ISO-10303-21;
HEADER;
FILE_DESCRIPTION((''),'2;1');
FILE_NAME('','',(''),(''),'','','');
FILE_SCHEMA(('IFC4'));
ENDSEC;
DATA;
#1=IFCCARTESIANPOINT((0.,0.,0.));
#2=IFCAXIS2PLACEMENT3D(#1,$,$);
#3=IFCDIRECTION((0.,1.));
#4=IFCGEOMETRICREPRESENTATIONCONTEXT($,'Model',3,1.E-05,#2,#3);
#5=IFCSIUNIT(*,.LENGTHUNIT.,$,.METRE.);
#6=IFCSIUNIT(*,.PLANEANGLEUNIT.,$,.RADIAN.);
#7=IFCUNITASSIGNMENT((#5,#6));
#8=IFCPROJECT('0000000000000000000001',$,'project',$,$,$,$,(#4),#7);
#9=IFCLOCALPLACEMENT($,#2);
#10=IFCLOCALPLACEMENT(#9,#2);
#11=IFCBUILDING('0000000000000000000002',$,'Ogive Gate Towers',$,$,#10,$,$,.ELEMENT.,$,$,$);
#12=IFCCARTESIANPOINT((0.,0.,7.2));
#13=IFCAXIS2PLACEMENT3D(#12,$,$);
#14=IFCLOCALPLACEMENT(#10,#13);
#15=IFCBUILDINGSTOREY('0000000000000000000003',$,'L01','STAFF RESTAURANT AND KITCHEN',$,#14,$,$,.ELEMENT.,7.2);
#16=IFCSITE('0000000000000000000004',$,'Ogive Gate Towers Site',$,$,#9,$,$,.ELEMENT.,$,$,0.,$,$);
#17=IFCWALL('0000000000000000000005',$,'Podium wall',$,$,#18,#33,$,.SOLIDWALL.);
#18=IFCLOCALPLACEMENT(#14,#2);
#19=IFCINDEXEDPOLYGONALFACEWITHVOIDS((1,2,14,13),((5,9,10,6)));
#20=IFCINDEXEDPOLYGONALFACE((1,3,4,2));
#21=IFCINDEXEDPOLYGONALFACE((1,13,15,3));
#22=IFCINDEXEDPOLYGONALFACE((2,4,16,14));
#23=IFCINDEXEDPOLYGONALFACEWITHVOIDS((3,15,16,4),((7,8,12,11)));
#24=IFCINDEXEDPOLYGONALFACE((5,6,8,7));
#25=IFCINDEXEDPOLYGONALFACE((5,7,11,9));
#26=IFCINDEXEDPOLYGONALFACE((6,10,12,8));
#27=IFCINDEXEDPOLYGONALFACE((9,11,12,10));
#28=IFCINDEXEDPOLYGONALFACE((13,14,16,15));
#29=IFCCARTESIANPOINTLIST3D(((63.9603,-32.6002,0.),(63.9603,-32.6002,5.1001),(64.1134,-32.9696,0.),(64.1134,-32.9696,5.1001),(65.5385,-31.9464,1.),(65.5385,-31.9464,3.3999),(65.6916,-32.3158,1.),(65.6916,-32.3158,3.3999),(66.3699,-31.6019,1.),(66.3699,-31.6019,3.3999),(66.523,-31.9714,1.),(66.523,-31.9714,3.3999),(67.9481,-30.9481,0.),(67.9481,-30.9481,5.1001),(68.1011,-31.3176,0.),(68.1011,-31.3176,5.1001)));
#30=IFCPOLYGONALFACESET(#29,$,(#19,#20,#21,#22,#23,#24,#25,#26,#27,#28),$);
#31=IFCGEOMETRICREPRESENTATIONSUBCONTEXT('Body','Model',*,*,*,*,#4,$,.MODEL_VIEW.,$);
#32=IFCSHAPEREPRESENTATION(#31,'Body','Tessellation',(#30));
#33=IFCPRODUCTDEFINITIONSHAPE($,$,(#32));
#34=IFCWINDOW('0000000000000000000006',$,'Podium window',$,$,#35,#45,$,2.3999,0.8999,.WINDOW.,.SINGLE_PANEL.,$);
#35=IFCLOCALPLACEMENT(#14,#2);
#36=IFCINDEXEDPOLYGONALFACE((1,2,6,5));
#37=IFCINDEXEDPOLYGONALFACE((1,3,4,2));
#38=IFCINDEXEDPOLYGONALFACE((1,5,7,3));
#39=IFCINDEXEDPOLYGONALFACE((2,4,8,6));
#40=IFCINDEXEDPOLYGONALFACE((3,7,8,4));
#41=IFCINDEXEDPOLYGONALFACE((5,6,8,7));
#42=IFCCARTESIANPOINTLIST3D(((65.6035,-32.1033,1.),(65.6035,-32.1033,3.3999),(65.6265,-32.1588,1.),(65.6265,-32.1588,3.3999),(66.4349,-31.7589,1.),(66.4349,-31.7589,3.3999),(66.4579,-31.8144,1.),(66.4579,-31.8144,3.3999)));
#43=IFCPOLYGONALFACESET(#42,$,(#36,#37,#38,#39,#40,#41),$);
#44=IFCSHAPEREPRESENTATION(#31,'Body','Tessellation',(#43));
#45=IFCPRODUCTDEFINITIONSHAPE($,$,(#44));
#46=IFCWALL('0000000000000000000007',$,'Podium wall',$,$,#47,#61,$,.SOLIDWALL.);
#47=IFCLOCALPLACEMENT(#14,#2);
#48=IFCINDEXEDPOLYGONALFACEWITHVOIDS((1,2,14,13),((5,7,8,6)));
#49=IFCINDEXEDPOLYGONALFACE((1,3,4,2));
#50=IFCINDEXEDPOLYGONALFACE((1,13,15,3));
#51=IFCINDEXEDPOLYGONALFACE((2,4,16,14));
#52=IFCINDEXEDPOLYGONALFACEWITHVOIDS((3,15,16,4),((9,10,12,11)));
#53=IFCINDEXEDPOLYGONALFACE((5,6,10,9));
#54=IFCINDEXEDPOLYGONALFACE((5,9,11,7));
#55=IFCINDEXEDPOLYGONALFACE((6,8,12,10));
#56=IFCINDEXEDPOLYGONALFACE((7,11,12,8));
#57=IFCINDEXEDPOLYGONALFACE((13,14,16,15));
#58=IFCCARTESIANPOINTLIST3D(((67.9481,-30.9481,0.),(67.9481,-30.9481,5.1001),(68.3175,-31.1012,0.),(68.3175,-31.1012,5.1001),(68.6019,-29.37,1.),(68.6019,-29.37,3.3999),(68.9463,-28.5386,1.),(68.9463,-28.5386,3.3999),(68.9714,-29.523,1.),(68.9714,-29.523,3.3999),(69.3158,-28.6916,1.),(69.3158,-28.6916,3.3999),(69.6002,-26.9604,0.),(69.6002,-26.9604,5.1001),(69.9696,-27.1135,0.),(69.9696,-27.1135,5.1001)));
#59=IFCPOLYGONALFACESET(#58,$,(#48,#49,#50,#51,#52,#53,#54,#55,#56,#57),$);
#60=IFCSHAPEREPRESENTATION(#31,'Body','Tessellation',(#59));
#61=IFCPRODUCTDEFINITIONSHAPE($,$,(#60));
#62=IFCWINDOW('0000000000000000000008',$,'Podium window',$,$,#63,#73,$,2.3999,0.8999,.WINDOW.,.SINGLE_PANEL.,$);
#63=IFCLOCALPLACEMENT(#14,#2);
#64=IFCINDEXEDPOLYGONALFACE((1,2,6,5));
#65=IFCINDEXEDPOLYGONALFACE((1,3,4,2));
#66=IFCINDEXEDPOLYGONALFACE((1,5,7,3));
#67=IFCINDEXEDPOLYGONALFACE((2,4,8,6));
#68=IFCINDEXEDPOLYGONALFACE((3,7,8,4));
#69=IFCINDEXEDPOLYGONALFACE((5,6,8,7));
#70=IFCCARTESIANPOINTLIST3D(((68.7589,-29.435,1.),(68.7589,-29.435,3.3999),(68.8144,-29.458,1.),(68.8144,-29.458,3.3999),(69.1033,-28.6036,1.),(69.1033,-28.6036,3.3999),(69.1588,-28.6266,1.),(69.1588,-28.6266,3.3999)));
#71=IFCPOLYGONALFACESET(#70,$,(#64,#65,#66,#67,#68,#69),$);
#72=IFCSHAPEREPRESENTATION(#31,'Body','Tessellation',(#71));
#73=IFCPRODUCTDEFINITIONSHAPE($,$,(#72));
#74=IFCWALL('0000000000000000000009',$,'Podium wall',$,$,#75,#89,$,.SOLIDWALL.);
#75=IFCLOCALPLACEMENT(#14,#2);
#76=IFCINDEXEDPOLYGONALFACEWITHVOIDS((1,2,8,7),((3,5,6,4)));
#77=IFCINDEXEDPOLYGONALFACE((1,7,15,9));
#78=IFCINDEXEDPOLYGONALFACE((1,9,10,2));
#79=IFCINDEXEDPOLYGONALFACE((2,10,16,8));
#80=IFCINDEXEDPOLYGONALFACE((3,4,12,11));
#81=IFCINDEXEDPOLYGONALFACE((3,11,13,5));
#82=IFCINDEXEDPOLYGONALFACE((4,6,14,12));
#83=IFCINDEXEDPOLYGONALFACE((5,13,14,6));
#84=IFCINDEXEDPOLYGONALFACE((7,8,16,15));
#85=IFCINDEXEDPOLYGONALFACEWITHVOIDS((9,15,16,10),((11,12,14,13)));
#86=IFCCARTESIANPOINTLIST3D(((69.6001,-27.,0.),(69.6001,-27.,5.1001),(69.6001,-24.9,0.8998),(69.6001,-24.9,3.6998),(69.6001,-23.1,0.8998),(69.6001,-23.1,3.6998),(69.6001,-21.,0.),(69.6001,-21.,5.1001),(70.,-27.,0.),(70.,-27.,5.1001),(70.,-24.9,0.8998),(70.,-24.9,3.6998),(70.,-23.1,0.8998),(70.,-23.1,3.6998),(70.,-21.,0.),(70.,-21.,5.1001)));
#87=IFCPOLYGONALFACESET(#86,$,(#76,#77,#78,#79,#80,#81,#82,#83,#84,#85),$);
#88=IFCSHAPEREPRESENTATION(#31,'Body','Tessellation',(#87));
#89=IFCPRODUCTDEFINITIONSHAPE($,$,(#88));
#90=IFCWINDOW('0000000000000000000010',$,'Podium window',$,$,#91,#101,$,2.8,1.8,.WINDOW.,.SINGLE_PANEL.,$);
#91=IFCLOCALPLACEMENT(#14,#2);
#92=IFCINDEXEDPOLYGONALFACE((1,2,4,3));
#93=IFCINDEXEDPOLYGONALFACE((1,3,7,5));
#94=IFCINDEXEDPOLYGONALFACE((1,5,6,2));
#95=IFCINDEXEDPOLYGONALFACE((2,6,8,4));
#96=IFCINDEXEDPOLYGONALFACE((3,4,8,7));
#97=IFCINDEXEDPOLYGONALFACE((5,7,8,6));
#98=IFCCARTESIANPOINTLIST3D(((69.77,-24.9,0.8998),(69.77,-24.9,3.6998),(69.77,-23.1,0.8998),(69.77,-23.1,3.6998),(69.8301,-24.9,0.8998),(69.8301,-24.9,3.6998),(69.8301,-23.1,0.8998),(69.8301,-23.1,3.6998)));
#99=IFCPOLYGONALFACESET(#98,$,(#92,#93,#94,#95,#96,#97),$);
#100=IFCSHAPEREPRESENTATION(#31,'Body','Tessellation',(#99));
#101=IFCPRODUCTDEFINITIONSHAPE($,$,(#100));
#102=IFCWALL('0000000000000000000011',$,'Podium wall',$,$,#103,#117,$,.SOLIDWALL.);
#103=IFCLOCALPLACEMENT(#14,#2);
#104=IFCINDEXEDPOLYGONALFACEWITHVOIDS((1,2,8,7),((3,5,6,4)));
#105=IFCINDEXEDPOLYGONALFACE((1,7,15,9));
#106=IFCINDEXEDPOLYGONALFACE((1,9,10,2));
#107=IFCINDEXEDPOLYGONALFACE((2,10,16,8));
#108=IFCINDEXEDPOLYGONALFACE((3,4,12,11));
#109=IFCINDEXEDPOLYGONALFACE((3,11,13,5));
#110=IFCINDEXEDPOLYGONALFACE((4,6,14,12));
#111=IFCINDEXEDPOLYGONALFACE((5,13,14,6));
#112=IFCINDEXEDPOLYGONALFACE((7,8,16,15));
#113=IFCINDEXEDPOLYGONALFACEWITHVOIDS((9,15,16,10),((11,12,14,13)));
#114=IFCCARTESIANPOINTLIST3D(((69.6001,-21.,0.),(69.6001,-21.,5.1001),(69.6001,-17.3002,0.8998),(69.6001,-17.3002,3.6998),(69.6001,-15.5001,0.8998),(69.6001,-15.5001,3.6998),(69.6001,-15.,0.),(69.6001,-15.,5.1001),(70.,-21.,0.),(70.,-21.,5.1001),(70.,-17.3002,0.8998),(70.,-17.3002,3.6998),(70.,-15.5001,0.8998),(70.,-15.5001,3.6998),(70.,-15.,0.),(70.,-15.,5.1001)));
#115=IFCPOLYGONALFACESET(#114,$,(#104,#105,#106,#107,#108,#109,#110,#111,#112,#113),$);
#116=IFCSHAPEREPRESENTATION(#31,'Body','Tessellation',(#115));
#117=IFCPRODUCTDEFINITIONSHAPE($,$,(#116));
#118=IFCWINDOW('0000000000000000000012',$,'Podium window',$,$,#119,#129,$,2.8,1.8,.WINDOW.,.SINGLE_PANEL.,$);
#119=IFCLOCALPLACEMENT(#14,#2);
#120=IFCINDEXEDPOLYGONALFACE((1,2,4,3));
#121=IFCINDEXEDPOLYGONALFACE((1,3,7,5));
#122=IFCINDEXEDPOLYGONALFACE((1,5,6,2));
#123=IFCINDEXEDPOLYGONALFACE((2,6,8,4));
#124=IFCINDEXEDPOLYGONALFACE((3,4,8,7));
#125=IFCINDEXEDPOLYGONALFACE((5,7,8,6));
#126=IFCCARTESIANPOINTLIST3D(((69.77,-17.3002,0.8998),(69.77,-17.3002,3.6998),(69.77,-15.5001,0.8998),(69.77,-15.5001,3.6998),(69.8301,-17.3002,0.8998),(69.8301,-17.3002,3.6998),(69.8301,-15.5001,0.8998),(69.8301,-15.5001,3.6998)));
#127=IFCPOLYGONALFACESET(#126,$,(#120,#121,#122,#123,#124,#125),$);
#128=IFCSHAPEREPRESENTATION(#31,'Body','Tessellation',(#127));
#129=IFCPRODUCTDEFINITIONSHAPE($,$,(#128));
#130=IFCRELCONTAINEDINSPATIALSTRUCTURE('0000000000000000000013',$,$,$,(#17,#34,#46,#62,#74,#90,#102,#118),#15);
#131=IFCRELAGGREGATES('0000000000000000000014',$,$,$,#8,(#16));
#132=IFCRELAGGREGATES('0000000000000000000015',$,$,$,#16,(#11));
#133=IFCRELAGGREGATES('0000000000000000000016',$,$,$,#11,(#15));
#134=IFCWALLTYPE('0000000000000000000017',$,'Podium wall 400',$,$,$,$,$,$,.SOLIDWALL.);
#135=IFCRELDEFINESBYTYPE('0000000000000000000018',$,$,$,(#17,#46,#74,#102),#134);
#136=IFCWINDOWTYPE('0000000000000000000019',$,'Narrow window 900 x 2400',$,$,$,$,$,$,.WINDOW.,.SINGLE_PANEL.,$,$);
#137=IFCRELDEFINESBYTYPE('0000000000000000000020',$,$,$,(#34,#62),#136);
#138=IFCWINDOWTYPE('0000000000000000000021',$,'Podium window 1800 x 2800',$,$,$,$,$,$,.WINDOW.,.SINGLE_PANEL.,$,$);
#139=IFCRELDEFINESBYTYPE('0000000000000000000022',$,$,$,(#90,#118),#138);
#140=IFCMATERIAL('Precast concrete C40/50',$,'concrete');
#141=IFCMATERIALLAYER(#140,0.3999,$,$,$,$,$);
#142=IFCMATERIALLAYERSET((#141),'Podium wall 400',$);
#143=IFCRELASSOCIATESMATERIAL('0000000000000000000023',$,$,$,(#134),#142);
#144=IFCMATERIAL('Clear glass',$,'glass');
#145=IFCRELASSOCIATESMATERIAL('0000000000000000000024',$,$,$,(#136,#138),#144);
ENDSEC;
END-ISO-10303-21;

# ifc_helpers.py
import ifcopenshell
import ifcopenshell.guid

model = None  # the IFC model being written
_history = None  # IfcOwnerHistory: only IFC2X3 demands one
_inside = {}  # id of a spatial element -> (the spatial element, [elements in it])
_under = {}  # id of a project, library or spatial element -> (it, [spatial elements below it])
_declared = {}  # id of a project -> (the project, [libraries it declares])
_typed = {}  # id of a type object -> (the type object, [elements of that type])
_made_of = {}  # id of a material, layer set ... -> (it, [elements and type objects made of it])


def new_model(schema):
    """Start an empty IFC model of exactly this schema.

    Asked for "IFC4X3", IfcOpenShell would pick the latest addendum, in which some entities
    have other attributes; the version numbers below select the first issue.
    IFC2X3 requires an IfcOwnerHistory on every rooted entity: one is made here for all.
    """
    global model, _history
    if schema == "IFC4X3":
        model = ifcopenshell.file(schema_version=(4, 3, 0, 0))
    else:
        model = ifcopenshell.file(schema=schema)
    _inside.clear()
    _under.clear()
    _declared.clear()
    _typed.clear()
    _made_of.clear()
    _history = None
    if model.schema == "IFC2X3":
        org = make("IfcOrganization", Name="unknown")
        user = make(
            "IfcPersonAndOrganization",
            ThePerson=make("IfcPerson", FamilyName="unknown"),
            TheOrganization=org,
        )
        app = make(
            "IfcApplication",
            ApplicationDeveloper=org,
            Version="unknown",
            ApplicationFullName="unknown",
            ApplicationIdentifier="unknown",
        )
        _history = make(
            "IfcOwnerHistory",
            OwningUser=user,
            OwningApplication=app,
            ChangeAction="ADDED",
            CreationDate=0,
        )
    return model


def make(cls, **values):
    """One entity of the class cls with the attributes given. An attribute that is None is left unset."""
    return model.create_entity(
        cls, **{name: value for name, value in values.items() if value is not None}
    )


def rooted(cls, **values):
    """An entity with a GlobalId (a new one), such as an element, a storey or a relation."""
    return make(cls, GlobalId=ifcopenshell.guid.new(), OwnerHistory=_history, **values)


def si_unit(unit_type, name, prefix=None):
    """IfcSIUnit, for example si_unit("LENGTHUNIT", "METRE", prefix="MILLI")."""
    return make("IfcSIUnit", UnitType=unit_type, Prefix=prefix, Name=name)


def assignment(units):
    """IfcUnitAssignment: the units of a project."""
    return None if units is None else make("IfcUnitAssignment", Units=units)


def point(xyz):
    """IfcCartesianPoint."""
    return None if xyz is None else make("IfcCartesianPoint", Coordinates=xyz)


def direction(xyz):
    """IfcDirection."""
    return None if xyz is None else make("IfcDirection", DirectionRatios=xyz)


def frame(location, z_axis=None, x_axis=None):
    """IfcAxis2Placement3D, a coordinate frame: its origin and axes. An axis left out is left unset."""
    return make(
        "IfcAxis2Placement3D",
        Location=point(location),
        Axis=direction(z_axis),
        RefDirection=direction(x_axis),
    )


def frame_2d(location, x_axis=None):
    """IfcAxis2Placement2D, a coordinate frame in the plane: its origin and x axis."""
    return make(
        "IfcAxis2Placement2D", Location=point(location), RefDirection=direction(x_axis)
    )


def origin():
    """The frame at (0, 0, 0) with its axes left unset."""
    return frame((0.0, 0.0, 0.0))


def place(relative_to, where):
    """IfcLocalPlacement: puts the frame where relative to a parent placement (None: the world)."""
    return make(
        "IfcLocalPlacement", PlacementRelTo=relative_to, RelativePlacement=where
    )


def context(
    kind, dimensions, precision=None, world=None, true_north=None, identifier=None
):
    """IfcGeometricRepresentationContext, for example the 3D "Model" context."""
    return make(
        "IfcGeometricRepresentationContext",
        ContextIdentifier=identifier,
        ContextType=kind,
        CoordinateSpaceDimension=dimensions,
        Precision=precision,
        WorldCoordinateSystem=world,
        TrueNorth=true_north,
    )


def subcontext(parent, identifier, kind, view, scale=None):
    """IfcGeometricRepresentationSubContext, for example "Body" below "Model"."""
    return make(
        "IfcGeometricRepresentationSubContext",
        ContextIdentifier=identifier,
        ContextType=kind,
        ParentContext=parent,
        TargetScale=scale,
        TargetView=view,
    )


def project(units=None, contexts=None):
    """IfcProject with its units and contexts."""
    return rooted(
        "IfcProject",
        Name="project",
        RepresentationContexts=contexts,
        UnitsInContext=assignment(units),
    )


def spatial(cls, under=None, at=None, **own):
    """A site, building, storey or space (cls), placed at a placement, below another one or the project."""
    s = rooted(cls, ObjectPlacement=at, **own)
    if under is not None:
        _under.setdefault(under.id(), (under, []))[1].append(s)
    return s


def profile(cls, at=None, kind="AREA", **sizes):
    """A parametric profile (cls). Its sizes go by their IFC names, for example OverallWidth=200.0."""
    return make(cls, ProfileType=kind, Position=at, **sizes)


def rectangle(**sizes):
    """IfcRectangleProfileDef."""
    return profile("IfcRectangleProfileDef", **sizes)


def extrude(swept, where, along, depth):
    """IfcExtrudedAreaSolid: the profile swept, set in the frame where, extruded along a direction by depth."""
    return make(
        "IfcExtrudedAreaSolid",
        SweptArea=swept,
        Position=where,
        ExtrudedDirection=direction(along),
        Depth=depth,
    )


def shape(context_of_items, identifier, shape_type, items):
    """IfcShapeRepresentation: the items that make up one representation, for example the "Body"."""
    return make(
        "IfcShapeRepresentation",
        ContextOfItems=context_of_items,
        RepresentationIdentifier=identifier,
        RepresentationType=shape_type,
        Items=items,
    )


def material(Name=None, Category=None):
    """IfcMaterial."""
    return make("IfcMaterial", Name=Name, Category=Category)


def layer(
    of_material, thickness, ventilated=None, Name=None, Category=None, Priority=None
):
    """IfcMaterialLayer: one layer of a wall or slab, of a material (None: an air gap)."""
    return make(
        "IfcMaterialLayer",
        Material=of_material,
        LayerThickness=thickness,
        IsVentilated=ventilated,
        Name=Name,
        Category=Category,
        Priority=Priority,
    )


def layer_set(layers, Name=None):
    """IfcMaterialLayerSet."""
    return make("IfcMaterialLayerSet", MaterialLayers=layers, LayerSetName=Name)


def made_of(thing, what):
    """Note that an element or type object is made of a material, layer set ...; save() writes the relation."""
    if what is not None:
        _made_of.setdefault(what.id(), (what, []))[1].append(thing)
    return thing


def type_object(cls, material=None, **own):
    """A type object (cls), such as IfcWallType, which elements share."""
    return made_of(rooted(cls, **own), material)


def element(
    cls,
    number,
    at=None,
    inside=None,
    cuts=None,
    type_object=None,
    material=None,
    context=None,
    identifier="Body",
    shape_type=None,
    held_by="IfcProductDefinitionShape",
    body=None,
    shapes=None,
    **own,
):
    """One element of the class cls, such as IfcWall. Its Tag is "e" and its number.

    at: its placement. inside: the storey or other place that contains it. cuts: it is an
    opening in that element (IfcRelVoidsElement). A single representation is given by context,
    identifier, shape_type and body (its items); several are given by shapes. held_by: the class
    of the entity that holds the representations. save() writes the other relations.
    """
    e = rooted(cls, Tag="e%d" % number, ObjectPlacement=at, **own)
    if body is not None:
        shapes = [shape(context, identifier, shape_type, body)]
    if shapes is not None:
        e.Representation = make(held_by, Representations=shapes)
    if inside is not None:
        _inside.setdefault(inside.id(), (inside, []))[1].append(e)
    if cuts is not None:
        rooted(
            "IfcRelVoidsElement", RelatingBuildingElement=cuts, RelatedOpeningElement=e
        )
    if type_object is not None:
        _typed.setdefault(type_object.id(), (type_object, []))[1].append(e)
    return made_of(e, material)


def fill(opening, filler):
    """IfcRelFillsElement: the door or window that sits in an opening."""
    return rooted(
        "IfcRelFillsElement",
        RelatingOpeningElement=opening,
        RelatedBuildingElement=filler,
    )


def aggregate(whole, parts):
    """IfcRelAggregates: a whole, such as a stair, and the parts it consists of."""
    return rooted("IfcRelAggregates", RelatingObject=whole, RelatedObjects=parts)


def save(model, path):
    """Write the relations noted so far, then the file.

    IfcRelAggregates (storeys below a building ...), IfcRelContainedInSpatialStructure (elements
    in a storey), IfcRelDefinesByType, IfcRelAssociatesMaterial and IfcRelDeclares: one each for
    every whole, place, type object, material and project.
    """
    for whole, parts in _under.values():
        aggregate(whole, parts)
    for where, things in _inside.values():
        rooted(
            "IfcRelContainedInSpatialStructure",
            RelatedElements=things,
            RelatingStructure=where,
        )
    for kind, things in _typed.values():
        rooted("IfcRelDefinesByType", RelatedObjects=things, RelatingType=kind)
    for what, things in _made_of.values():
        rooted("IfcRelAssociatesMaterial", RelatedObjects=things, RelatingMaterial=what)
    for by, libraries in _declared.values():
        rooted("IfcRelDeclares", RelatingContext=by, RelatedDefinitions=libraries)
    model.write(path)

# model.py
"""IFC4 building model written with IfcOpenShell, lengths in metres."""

from ifc_helpers import new_model, si_unit, direction, frame, frame_2d, origin, place, context, subcontext, project, spatial, rectangle, extrude, material, layer, layer_set, type_object, element, fill, save


model = new_model("IFC4")

# Units and contexts
model_context = context("Model", 3, precision=1e-05, world=origin(), true_north=direction((0.0, 1.0)))
body_context = subcontext(model_context, "Body", "Model", "MODEL_VIEW")
ifc_project = project(units=[si_unit("LENGTHUNIT", "METRE"), si_unit("PLANEANGLEUNIT", "RADIAN")], contexts=[model_context])

# Site, building, storey
site_placement = place(None, origin())
site = spatial("IfcSite", under=ifc_project, at=site_placement, Name="Ogive Gate Towers Site", CompositionType="ELEMENT", RefElevation=0.0)
building_placement = place(site_placement, origin())
building = spatial("IfcBuilding", under=site, at=building_placement, Name="Ogive Gate Towers", CompositionType="ELEMENT")
storey_placement = place(building_placement, frame((0.0, 0.0, 7.2)))
storey = spatial("IfcBuildingStorey", under=building, at=storey_placement, Name="L01", Description="STAFF RESTAURANT AND KITCHEN", CompositionType="ELEMENT", Elevation=7.2)

# Walls, openings, windows
ifc_material_1 = material(Name="Precast concrete C40/50", Category="concrete")
ifc_layer = layer(ifc_material_1, 0.3999)
ifc_layer_set = layer_set([ifc_layer], Name="Podium wall 400")
wall_type = type_object("IfcWallType", Name="Podium wall 400", PredefinedType="SOLIDWALL", material=ifc_layer_set)
wall_1_placement = place(storey_placement, frame((64.0369, -32.7849, 0.0), z_axis=(0.0, 0.0, 1.0), x_axis=(0.923855, 0.382743, 0.0)))
wall_1 = element("IfcWall", 1, at=wall_1_placement, inside=storey, type_object=wall_type, Name="Podium wall", PredefinedType="SOLIDWALL", context=body_context, shape_type="SweptSolid", body=[
    extrude(rectangle(XDim=4.3164, YDim=0.3999, at=frame_2d((2.1582, 0.0))), origin(), (0.0, 0.0, 1.0), 5.1001),
])
opening_1_placement = place(wall_1_placement, frame((1.7083, 0.0, 1.0)))
opening_1 = element("IfcOpeningElement", 2, at=opening_1_placement, cuts=wall_1, PredefinedType="OPENING", context=body_context, shape_type="SweptSolid", body=[
    extrude(rectangle(XDim=0.8999, YDim=2.3999, at=frame_2d((0.45, 1.2))), frame((0.0, 0.21, 0.0), z_axis=(0.0, -1.0, 0.0), x_axis=(1.0, 0.0, 0.0)), (0.0, 0.0, 1.0), 0.4199),
])
ifc_material_2 = material(Name="Clear glass", Category="glass")
window_type_1 = type_object("IfcWindowType", Name="Narrow window 900 x 2400", PartitioningType="SINGLE_PANEL", PredefinedType="WINDOW", material=ifc_material_2)
window_1_placement = place(opening_1_placement, origin())
window_1 = element("IfcWindow", 3, at=window_1_placement, inside=storey, type_object=window_type_1, Name="Podium window", OverallHeight=2.3999, OverallWidth=0.8999, PartitioningType="SINGLE_PANEL", PredefinedType="WINDOW", context=body_context, shape_type="SweptSolid", body=[
    extrude(rectangle(XDim=0.8999, YDim=2.3999, at=frame_2d((0.45, 1.2))), frame((0.0, 0.03, 0.0), z_axis=(0.0, -1.0, 0.0), x_axis=(1.0, 0.0, 0.0)), (0.0, 0.0, 1.0), 0.0601),
])
fill(opening_1, window_1)
wall_2_placement = place(storey_placement, frame((68.1328, -31.0247, 0.0), z_axis=(0.0, 0.0, 1.0), x_axis=(0.382743, 0.923855, 0.0)))
wall_2 = element("IfcWall", 4, at=wall_2_placement, inside=storey, type_object=wall_type, Name="Podium wall", PredefinedType="SOLIDWALL", context=body_context, shape_type="SweptSolid", body=[
    extrude(rectangle(XDim=4.3164, YDim=0.3999, at=frame_2d((2.1582, 0.0))), origin(), (0.0, 0.0, 1.0), 5.1001),
])
opening_2_placement = place(wall_2_placement, frame((1.7083, 0.0, 1.0)))
opening_2 = element("IfcOpeningElement", 5, at=opening_2_placement, cuts=wall_2, PredefinedType="OPENING", context=body_context, shape_type="SweptSolid", body=[
    extrude(rectangle(XDim=0.8999, YDim=2.3999, at=frame_2d((0.45, 1.2))), frame((0.0, 0.21, 0.0), z_axis=(0.0, -1.0, 0.0), x_axis=(1.0, 0.0, 0.0)), (0.0, 0.0, 1.0), 0.4199),
])
window_2_placement = place(opening_2_placement, origin())
window_2 = element("IfcWindow", 6, at=window_2_placement, inside=storey, type_object=window_type_1, Name="Podium window", OverallHeight=2.3999, OverallWidth=0.8999, PartitioningType="SINGLE_PANEL", PredefinedType="WINDOW", context=body_context, shape_type="SweptSolid", body=[
    extrude(rectangle(XDim=0.8999, YDim=2.3999, at=frame_2d((0.45, 1.2))), frame((0.0, 0.03, 0.0), z_axis=(0.0, -1.0, 0.0), x_axis=(1.0, 0.0, 0.0)), (0.0, 0.0, 1.0), 0.0601),
])
fill(opening_2, window_2)
wall_3_placement = place(storey_placement, frame((69.8, -27.0, 0.0), z_axis=(0.0, 0.0, 1.0), x_axis=(0.0, 1.0, 0.0)))
wall_3 = element("IfcWall", 7, at=wall_3_placement, inside=storey, type_object=wall_type, Name="Podium wall", PredefinedType="SOLIDWALL", context=body_context, shape_type="SweptSolid", body=[
    extrude(rectangle(XDim=6.0, YDim=0.3999, at=frame_2d((3.0, 0.0))), origin(), (0.0, 0.0, 1.0), 5.1001),
])
opening_3_placement = place(wall_3_placement, frame((2.1001, 0.0, 0.8999)))
opening_3 = element("IfcOpeningElement", 8, at=opening_3_placement, cuts=wall_3, PredefinedType="OPENING", context=body_context, shape_type="SweptSolid", body=[
    extrude(rectangle(XDim=1.8, YDim=2.8, at=frame_2d((0.8999, 1.3999))), frame((0.0, 0.21, 0.0), z_axis=(0.0, -1.0, 0.0), x_axis=(1.0, 0.0, 0.0)), (0.0, 0.0, 1.0), 0.4199),
])
window_type_2 = type_object("IfcWindowType", Name="Podium window 1800 x 2800", PartitioningType="SINGLE_PANEL", PredefinedType="WINDOW", material=ifc_material_2)
window_3_placement = place(opening_3_placement, origin())
window_3 = element("IfcWindow", 9, at=window_3_placement, inside=storey, type_object=window_type_2, Name="Podium window", OverallHeight=2.8, OverallWidth=1.8, PartitioningType="SINGLE_PANEL", PredefinedType="WINDOW", context=body_context, shape_type="SweptSolid", body=[
    extrude(rectangle(XDim=1.8, YDim=2.8, at=frame_2d((0.8999, 1.3999))), frame((0.0, 0.03, 0.0), z_axis=(0.0, -1.0, 0.0), x_axis=(1.0, 0.0, 0.0)), (0.0, 0.0, 1.0), 0.0601),
])
fill(opening_3, window_3)
wall_4_placement = place(storey_placement, frame((69.8, -21.0, 0.0), z_axis=(0.0, 0.0, 1.0), x_axis=(0.0, 1.0, 0.0)))
wall_4 = element("IfcWall", 10, at=wall_4_placement, inside=storey, type_object=wall_type, Name="Podium wall", PredefinedType="SOLIDWALL", context=body_context, shape_type="SweptSolid", body=[
    extrude(rectangle(XDim=6.0, YDim=0.3999, at=frame_2d((3.0, 0.0))), origin(), (0.0, 0.0, 1.0), 5.1001),
])
opening_4_placement = place(wall_4_placement, frame((3.7, 0.0, 0.8999)))
opening_4 = element("IfcOpeningElement", 11, at=opening_4_placement, cuts=wall_4, PredefinedType="OPENING", context=body_context, shape_type="SweptSolid", body=[
    extrude(rectangle(XDim=1.8, YDim=2.8, at=frame_2d((0.8999, 1.3999))), frame((0.0, 0.21, 0.0), z_axis=(0.0, -1.0, 0.0), x_axis=(1.0, 0.0, 0.0)), (0.0, 0.0, 1.0), 0.4199),
])
window_4_placement = place(opening_4_placement, origin())
window_4 = element("IfcWindow", 12, at=window_4_placement, inside=storey, type_object=window_type_2, Name="Podium window", OverallHeight=2.8, OverallWidth=1.8, PartitioningType="SINGLE_PANEL", PredefinedType="WINDOW", context=body_context, shape_type="SweptSolid", body=[
    extrude(rectangle(XDim=1.8, YDim=2.8, at=frame_2d((0.8999, 1.3999))), frame((0.0, 0.03, 0.0), z_axis=(0.0, -1.0, 0.0), x_axis=(1.0, 0.0, 0.0)), (0.0, 0.0, 1.0), 0.0601),
])
fill(opening_4, window_4)

save(model, "model.ifc")
